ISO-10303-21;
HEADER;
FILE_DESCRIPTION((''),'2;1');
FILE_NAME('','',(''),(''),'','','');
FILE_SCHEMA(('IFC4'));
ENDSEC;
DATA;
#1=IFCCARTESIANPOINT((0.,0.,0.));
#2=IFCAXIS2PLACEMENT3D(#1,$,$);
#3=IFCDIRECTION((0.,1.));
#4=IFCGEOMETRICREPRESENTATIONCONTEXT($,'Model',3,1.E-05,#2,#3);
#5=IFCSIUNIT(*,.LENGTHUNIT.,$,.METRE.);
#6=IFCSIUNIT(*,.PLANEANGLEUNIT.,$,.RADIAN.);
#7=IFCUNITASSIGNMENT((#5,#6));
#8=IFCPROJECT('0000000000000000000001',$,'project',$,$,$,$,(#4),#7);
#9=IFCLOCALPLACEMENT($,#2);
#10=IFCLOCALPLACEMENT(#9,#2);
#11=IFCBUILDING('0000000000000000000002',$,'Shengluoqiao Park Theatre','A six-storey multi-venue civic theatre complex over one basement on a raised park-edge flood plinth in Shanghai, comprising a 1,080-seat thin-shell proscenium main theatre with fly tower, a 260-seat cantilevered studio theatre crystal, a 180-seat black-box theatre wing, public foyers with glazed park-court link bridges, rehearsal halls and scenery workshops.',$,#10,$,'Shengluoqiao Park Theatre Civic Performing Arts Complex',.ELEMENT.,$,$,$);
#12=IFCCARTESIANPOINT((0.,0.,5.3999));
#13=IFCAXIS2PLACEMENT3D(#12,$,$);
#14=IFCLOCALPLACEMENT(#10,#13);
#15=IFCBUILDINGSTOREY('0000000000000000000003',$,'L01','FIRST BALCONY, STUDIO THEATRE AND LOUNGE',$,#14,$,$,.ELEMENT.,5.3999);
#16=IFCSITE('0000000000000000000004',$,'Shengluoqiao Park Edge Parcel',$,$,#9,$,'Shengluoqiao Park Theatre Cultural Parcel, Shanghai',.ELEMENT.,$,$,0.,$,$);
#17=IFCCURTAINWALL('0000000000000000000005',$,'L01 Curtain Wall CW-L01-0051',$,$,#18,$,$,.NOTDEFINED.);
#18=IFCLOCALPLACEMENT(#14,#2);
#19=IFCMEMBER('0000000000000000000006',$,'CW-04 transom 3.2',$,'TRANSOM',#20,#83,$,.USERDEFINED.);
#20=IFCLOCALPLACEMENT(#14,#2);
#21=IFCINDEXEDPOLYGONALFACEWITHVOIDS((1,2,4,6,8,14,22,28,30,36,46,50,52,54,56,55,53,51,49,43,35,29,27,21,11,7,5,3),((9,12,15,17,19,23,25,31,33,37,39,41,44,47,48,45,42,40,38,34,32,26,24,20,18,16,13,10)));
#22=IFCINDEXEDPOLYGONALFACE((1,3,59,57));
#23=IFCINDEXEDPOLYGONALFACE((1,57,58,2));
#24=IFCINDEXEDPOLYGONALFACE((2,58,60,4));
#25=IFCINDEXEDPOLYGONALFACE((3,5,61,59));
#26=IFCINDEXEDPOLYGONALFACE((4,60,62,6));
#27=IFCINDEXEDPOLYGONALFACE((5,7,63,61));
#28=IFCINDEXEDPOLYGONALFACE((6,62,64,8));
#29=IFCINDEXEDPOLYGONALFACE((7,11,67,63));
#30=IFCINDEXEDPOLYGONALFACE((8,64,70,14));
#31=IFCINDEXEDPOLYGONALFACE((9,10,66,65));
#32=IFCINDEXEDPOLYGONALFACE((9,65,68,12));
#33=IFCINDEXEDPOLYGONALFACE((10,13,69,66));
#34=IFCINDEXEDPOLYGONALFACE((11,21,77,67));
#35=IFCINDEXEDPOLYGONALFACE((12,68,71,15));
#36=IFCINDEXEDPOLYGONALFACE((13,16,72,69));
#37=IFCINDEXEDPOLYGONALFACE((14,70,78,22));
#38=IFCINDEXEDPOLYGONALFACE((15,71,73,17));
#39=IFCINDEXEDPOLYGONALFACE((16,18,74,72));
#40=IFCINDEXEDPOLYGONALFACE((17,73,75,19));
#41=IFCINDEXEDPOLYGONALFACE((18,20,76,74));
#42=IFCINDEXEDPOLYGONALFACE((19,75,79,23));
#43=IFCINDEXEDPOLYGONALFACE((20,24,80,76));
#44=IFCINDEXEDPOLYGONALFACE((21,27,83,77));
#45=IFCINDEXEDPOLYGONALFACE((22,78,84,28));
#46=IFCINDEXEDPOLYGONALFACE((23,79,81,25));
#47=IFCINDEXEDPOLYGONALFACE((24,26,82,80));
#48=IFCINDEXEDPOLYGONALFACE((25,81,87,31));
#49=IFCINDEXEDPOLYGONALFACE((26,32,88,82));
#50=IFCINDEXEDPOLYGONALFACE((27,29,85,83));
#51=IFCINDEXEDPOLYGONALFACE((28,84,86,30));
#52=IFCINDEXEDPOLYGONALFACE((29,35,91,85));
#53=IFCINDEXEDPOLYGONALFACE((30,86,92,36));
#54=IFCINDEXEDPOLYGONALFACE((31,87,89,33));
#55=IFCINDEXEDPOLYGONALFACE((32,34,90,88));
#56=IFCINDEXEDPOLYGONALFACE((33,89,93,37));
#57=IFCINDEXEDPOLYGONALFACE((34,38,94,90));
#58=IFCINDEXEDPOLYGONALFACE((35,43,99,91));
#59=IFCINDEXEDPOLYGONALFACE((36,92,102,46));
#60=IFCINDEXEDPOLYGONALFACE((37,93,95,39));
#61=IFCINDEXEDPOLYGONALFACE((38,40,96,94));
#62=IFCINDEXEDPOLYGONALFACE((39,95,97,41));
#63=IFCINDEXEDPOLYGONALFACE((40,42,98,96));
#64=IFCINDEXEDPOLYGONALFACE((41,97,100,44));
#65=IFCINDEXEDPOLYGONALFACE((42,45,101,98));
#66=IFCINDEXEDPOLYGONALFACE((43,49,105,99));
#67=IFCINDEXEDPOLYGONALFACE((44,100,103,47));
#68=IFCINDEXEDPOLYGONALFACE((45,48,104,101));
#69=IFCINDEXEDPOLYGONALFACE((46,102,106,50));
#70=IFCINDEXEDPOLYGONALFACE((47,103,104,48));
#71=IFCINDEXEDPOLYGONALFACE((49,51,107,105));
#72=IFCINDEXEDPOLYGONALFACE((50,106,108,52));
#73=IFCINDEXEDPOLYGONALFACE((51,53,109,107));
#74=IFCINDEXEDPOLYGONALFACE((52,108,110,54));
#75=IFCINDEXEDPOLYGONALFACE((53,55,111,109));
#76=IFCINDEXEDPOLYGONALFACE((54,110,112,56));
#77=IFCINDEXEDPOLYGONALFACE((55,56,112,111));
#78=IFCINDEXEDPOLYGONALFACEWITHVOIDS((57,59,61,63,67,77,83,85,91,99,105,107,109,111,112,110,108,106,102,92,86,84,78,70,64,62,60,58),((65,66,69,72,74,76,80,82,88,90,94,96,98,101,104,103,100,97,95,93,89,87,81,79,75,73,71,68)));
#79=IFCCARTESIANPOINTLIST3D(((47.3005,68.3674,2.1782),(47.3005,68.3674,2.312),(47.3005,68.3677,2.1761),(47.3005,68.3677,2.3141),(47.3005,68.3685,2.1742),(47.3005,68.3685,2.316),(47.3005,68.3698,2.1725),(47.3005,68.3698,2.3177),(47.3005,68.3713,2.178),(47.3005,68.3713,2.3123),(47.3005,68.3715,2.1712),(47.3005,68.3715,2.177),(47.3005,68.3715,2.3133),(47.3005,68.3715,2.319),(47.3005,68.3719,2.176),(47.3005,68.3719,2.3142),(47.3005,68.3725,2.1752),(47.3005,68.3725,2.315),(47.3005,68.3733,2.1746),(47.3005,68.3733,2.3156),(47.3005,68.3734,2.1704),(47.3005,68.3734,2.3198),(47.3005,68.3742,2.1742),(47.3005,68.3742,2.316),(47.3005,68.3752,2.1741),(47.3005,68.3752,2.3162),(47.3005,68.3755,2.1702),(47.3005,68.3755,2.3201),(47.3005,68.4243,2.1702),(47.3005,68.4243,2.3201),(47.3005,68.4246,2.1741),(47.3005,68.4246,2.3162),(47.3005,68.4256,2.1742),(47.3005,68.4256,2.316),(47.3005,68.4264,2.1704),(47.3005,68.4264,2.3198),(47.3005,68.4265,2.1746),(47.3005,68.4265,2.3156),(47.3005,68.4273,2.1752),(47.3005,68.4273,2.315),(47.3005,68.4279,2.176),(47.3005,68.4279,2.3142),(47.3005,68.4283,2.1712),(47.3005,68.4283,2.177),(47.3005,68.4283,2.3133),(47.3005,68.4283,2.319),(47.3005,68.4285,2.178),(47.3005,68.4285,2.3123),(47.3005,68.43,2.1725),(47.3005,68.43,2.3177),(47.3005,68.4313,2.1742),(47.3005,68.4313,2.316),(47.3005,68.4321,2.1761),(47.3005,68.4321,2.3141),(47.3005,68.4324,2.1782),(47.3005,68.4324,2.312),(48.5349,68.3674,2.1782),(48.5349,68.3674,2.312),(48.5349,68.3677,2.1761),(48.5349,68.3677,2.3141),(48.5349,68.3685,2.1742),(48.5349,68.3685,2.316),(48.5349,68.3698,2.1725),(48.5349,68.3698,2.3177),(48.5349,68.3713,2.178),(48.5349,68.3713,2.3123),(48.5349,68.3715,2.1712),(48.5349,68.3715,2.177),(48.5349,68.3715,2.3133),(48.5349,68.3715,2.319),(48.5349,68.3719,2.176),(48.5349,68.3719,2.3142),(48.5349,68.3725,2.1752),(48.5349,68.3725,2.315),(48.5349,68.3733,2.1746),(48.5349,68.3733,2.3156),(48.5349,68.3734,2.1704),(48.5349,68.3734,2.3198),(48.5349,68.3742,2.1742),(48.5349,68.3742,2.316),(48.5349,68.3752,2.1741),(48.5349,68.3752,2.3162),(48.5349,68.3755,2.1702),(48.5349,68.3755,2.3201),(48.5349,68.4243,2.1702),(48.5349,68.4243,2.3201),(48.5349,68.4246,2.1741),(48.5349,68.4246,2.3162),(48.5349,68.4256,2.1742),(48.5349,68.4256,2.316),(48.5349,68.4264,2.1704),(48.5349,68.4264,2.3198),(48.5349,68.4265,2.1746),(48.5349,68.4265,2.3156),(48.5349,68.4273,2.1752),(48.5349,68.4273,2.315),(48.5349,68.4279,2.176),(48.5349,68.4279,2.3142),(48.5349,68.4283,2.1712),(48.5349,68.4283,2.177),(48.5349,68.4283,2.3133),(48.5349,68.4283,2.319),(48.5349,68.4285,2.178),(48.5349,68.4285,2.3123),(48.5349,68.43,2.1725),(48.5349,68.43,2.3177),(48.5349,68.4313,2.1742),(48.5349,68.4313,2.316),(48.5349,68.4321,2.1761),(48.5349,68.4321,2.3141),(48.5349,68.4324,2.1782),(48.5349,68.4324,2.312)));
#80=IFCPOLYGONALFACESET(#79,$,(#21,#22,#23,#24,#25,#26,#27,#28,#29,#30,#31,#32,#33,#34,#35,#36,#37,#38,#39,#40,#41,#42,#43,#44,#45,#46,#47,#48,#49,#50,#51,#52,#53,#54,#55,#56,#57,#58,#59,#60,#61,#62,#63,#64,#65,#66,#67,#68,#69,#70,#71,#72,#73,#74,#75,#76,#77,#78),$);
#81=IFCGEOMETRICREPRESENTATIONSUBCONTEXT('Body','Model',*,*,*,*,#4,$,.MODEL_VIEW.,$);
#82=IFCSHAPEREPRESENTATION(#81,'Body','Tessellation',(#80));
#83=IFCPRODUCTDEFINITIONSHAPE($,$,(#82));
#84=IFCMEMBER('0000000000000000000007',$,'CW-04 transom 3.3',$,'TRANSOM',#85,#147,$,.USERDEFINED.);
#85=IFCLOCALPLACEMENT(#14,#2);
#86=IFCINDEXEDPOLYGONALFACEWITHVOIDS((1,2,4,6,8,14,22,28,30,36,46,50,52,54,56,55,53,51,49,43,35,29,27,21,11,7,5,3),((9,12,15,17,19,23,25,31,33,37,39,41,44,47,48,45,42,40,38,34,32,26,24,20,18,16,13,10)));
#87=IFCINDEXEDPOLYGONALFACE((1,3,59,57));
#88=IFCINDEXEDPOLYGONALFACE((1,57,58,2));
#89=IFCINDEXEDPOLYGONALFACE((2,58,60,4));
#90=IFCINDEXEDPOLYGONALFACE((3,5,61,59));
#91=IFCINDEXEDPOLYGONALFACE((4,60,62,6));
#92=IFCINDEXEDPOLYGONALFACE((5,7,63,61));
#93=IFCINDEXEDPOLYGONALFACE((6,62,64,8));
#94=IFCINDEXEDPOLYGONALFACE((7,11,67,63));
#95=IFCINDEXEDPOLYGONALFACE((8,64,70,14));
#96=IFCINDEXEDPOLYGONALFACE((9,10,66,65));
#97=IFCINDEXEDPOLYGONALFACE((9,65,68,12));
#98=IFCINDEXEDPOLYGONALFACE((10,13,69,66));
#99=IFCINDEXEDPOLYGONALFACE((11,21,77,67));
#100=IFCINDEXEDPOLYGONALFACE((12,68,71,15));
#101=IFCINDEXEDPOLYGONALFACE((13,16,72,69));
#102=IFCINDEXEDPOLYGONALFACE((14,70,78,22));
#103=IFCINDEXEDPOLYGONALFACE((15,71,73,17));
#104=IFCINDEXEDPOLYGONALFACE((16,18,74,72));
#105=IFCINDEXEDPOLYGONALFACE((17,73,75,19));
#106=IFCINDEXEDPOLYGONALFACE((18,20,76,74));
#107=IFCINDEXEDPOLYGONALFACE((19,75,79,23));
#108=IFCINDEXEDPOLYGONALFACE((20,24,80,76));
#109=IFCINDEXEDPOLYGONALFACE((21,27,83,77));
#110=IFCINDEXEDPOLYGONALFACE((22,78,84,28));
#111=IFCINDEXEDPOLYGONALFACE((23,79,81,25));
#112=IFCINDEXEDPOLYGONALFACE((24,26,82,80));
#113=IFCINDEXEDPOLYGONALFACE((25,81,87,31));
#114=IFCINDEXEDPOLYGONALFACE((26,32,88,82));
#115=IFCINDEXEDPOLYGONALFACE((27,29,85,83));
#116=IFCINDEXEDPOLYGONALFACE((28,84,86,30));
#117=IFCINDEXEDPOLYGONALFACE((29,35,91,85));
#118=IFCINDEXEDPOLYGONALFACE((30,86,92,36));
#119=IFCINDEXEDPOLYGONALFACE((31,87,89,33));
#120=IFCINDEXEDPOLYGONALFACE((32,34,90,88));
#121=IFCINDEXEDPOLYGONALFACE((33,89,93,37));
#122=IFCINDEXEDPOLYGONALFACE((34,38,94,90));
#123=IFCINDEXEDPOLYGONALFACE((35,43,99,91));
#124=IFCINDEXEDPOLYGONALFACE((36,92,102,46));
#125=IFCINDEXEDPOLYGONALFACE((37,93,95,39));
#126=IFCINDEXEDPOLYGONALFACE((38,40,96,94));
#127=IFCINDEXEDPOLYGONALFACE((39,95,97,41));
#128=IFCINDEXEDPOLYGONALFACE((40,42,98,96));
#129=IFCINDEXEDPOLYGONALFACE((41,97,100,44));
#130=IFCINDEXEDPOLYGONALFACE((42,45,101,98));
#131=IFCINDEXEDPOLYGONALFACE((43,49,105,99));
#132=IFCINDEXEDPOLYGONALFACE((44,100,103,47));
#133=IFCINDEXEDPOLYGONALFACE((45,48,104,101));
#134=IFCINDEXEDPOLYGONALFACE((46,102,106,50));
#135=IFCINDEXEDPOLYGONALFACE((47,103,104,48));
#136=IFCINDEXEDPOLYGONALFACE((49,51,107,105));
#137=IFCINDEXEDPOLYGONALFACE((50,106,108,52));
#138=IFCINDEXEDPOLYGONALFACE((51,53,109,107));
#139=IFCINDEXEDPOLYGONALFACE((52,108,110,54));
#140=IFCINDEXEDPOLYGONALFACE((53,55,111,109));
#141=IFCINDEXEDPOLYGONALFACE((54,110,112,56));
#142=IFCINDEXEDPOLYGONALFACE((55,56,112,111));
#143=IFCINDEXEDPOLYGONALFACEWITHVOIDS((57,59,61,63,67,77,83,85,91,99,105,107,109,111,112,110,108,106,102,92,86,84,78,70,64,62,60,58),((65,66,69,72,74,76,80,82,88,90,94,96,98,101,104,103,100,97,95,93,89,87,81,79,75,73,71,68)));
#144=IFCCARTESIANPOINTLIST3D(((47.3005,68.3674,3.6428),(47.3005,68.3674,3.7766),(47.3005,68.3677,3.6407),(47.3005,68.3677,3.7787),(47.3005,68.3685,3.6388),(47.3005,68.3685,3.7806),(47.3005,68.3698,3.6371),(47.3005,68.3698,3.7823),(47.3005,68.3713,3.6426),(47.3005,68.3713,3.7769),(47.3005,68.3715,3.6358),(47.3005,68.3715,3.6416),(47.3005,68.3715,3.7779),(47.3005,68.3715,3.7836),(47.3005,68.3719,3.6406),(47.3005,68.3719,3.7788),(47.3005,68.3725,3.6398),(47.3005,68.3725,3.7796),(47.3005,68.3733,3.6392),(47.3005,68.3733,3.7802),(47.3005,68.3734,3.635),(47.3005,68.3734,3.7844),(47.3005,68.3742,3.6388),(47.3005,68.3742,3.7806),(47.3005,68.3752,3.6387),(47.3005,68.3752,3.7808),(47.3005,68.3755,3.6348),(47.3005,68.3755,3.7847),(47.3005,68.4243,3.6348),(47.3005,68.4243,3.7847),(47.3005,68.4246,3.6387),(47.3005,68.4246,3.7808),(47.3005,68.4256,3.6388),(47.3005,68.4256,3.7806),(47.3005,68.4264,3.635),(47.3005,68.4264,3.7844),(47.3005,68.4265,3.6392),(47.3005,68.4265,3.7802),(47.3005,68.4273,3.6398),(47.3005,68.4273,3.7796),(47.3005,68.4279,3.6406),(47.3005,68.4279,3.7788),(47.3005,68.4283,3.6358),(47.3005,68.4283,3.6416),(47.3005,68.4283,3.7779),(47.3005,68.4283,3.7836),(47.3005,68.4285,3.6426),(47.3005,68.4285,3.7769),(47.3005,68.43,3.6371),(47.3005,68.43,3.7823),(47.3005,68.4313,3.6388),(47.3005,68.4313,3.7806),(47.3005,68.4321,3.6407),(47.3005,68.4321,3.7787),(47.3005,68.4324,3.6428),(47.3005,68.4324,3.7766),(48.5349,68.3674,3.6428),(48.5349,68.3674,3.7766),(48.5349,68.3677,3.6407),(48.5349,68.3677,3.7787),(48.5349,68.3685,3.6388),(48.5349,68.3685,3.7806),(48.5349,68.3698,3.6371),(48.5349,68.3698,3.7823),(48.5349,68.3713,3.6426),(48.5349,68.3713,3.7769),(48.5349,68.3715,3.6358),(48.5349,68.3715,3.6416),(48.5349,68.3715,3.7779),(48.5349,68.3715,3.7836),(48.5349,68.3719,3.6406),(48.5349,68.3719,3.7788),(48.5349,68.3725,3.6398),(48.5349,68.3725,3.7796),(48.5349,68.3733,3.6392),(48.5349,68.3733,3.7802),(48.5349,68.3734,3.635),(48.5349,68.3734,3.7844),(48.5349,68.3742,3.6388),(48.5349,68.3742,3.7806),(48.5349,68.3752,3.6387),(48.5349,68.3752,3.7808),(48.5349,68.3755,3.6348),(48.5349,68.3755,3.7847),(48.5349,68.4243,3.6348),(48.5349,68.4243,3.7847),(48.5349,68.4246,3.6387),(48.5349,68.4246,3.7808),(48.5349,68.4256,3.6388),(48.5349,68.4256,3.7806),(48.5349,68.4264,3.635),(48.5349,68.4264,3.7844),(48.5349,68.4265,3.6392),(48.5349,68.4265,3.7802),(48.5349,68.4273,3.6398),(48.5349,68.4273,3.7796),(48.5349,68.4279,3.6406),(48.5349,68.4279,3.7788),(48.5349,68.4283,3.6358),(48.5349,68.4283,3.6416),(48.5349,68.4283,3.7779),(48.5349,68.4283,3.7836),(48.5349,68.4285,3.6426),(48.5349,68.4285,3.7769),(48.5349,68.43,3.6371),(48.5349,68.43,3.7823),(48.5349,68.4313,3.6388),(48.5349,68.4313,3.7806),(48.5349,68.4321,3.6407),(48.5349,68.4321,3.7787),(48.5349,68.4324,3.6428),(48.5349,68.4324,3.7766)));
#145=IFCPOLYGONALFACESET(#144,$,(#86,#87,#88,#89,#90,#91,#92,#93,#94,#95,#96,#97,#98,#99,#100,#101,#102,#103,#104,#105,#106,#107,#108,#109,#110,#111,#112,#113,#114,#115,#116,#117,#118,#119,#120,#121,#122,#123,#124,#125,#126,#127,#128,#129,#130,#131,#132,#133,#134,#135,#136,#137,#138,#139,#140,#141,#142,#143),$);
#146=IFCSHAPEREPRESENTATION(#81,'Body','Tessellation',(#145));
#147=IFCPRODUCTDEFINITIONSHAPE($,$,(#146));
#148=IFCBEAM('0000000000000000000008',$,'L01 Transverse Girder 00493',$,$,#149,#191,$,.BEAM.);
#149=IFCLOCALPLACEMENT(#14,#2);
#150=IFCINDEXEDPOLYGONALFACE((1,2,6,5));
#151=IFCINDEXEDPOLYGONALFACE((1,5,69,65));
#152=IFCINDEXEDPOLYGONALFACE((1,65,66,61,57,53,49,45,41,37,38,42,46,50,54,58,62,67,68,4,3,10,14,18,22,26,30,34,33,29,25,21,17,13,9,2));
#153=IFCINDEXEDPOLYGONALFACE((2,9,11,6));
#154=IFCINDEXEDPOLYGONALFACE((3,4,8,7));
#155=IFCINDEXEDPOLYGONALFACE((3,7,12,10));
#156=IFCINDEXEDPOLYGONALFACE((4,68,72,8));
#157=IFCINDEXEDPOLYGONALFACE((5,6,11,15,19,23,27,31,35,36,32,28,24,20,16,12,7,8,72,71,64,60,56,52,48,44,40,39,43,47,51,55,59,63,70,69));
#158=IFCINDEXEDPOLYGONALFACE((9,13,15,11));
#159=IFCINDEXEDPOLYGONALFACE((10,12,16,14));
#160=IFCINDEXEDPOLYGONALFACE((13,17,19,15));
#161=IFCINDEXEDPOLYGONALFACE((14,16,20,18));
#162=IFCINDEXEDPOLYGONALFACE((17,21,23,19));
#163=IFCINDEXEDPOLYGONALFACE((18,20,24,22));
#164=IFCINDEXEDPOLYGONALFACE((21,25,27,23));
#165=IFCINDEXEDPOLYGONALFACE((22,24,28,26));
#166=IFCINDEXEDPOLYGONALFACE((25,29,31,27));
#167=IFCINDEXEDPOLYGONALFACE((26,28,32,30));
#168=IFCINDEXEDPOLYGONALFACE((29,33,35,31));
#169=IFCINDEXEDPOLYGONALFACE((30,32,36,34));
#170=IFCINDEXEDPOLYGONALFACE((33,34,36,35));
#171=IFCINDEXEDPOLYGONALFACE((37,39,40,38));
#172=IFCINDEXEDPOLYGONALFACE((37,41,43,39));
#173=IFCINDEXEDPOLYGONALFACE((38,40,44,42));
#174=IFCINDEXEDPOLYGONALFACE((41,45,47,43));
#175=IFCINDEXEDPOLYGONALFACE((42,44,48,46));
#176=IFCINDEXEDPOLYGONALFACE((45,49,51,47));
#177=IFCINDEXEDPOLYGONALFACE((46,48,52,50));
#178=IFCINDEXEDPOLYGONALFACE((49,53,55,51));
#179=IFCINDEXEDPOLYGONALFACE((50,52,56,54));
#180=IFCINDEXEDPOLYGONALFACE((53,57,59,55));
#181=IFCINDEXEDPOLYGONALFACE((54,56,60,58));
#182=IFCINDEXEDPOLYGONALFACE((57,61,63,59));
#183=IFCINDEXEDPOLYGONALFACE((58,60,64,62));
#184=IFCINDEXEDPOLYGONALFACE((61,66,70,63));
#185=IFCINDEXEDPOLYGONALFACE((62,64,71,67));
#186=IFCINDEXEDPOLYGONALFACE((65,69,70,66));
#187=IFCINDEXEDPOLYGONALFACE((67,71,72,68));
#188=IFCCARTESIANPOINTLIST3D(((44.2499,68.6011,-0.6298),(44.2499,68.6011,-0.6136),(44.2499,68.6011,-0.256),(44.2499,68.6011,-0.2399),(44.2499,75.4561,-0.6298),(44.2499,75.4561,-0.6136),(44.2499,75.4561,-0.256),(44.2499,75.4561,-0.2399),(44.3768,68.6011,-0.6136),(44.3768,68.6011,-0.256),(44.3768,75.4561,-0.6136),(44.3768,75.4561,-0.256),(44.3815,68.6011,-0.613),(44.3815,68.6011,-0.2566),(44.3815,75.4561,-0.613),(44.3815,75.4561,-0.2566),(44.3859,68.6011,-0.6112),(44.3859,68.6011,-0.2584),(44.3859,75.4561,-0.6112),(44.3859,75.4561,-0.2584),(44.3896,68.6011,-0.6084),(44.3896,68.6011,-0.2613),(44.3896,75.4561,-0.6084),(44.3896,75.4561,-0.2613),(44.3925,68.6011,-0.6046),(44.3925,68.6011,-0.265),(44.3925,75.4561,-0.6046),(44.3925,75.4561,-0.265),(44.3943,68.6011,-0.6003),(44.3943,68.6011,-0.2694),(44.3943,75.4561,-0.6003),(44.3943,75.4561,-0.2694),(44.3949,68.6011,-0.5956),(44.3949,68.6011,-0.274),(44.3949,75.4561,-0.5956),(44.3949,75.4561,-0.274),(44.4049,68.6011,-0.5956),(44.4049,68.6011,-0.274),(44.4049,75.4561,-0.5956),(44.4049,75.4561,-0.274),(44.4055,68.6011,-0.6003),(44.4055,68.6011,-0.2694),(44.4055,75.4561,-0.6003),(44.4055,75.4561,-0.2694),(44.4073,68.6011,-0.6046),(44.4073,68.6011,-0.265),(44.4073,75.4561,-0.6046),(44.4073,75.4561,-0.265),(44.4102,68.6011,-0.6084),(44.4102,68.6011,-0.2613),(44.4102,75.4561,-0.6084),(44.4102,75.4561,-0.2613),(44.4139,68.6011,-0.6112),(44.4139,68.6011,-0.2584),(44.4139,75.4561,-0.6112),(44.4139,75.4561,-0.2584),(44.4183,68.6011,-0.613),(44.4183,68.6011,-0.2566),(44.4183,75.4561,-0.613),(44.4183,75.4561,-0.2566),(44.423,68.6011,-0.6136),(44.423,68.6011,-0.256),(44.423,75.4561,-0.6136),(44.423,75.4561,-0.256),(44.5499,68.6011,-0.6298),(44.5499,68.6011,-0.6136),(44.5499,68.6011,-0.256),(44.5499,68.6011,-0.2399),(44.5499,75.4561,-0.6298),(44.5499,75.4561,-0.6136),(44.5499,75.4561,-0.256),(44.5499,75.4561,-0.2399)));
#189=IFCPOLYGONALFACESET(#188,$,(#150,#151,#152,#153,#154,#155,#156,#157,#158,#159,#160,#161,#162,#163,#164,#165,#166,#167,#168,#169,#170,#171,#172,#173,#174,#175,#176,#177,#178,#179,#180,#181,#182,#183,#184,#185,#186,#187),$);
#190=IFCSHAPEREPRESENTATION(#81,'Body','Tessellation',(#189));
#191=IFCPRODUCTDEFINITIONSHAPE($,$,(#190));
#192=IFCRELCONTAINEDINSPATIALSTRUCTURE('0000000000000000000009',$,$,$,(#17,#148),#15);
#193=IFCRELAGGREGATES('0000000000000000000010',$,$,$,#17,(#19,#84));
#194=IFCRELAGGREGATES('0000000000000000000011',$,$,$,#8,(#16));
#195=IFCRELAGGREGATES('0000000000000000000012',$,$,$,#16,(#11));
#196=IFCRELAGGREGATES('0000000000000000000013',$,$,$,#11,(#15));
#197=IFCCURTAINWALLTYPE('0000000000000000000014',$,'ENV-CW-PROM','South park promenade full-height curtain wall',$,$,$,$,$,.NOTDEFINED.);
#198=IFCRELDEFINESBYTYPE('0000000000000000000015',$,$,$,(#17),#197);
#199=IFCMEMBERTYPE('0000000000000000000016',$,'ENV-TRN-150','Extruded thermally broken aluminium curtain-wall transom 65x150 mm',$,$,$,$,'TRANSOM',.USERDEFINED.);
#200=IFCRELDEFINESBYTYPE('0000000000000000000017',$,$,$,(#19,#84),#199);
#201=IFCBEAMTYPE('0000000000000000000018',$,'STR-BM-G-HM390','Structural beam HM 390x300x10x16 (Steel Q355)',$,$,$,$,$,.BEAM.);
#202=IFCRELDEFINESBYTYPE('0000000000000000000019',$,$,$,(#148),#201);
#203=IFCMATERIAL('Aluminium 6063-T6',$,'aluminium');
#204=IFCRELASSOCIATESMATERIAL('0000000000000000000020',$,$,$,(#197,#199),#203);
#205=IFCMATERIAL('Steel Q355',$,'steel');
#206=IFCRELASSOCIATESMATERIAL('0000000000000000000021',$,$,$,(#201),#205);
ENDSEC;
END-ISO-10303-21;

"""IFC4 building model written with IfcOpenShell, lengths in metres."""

from ifc_helpers import new_model, si_unit, direction, frame, origin, origin_2d, place, context, subcontext, project, spatial, hollow_rectangle, i_section, extrude, material, material_profile, profile_set, type_object, element, aggregate, save


model = new_model("IFC4")

# Units and contexts
model_context = context("Model", 3, precision=1e-05, world=origin(), true_north=direction((0.0, 1.0)))
body_context = subcontext(model_context, "Body", "Model", "MODEL_VIEW")
ifc_project = project(units=[si_unit("LENGTHUNIT", "METRE"), si_unit("PLANEANGLEUNIT", "RADIAN")], contexts=[model_context])

# Site, building, storey
site_placement = place(None, origin())
site = spatial("IfcSite", under=ifc_project, at=site_placement, Name="Shengluoqiao Park Edge Parcel", LongName="Shengluoqiao Park Theatre Cultural Parcel, Shanghai", CompositionType="ELEMENT", RefElevation=0.0)
building_placement = place(site_placement, origin())
building = spatial("IfcBuilding", under=site, at=building_placement, Name="Shengluoqiao Park Theatre", Description="A six-storey multi-venue civic theatre complex over one basement on a raised park-edge flood plinth in Shanghai, comprising a 1,080-seat thin-shell proscenium main theatre with fly tower, a 260-seat cantilevered studio theatre crystal, a 180-seat black-box theatre wing, public foyers with glazed park-court link bridges, rehearsal halls and scenery workshops.", LongName="Shengluoqiao Park Theatre Civic Performing Arts Complex", CompositionType="ELEMENT")
storey_placement = place(building_placement, frame((0.0, 0.0, 5.3999)))
storey = spatial("IfcBuildingStorey", under=building, at=storey_placement, Name="L01", Description="FIRST BALCONY, STUDIO THEATRE AND LOUNGE", CompositionType="ELEMENT", Elevation=5.3999)

# Shared definitions
ifc_material_1 = material(Name="Steel Q355", Category="steel")

# Curtain wall, members
ifc_material_2 = material(Name="Aluminium 6063-T6", Category="aluminium")
curtain_wall_type = type_object("IfcCurtainWallType", Name="ENV-CW-PROM", Description="South park promenade full-height curtain wall", PredefinedType="NOTDEFINED", material=ifc_material_2)
curtain_wall_placement = place(storey_placement, origin())
curtain_wall = element("IfcCurtainWall", 1, at=curtain_wall_placement, inside=storey, type_object=curtain_wall_type, Name="L01 Curtain Wall CW-L01-0051", PredefinedType="NOTDEFINED")
ifc_material_profile_1 = material_profile(ifc_material_2, hollow_rectangle(XDim=0.0649, YDim=0.1499, WallThickness=0.0039, InnerFilletRadius=0.0039, OuterFilletRadius=0.0081, at=origin_2d()), Name="ALU TRANSOM 150x65x4")
ifc_profile_set_1 = profile_set([ifc_material_profile_1], Name="Aluminium 6063-T6")
member_type_1 = type_object("IfcMemberType", Name="ENV-TRN-150", Description="Extruded thermally broken aluminium curtain-wall transom 65x150 mm", ElementType="TRANSOM", PredefinedType="USERDEFINED", material=ifc_profile_set_1)
member_1_placement = place(storey_placement, frame((47.3005, 68.3999, 2.2451), z_axis=(1.0, 0.0, 0.0), x_axis=(0.0, 1.0, 0.0)))
member_1 = element("IfcMember", 2, at=member_1_placement, type_object=member_type_1, Name="CW-04 transom 3.2", ObjectType="TRANSOM", PredefinedType="USERDEFINED", context=body_context, shape_type="SweptSolid", body=[
    extrude(hollow_rectangle(XDim=0.0649, YDim=0.1499, WallThickness=0.0039, InnerFilletRadius=0.0039, OuterFilletRadius=0.0081, at=origin_2d()), origin(), (0.0, 0.0, 1.0), 1.2344),
])
member_2_placement = place(storey_placement, frame((47.3005, 68.3999, 3.7097), z_axis=(1.0, 0.0, 0.0), x_axis=(0.0, 1.0, 0.0)))
member_2 = element("IfcMember", 3, at=member_2_placement, type_object=member_type_1, Name="CW-04 transom 3.3", ObjectType="TRANSOM", PredefinedType="USERDEFINED", context=body_context, shape_type="SweptSolid", body=[
    extrude(hollow_rectangle(XDim=0.0649, YDim=0.1499, WallThickness=0.0039, InnerFilletRadius=0.0039, OuterFilletRadius=0.0081, at=origin_2d()), origin(), (0.0, 0.0, 1.0), 1.2344),
])

# Beam
ifc_material_profile_2 = material_profile(ifc_material_1, i_section(OverallWidth=0.3, OverallDepth=0.3899, WebThickness=0.01, FlangeThickness=0.0161, FilletRadius=0.0181, at=origin_2d()), Name="HM 390x300x10x16")
ifc_profile_set_2 = profile_set([ifc_material_profile_2], Name="Steel Q355")
beam_type_1 = type_object("IfcBeamType", Name="STR-BM-G-HM390", Description="Structural beam HM 390x300x10x16 (Steel Q355)", PredefinedType="BEAM", material=ifc_profile_set_2)
beam_1_placement = place(storey_placement, frame((44.3999, 68.6011, -0.4348), z_axis=(0.0, 1.0, 0.0), x_axis=(-1.0, 0.0, 0.0)))
element("IfcBeam", 4, at=beam_1_placement, inside=storey, type_object=beam_type_1, Name="L01 Transverse Girder 00493", PredefinedType="BEAM", context=body_context, shape_type="SweptSolid", body=[
    extrude(i_section(OverallWidth=0.3, OverallDepth=0.3899, WebThickness=0.01, FlangeThickness=0.0161, FilletRadius=0.0181, at=origin_2d()), origin(), (0.0, 0.0, 1.0), 6.855),
])

aggregate(curtain_wall, [member_1, member_2])

save(model, "model.ifc")
